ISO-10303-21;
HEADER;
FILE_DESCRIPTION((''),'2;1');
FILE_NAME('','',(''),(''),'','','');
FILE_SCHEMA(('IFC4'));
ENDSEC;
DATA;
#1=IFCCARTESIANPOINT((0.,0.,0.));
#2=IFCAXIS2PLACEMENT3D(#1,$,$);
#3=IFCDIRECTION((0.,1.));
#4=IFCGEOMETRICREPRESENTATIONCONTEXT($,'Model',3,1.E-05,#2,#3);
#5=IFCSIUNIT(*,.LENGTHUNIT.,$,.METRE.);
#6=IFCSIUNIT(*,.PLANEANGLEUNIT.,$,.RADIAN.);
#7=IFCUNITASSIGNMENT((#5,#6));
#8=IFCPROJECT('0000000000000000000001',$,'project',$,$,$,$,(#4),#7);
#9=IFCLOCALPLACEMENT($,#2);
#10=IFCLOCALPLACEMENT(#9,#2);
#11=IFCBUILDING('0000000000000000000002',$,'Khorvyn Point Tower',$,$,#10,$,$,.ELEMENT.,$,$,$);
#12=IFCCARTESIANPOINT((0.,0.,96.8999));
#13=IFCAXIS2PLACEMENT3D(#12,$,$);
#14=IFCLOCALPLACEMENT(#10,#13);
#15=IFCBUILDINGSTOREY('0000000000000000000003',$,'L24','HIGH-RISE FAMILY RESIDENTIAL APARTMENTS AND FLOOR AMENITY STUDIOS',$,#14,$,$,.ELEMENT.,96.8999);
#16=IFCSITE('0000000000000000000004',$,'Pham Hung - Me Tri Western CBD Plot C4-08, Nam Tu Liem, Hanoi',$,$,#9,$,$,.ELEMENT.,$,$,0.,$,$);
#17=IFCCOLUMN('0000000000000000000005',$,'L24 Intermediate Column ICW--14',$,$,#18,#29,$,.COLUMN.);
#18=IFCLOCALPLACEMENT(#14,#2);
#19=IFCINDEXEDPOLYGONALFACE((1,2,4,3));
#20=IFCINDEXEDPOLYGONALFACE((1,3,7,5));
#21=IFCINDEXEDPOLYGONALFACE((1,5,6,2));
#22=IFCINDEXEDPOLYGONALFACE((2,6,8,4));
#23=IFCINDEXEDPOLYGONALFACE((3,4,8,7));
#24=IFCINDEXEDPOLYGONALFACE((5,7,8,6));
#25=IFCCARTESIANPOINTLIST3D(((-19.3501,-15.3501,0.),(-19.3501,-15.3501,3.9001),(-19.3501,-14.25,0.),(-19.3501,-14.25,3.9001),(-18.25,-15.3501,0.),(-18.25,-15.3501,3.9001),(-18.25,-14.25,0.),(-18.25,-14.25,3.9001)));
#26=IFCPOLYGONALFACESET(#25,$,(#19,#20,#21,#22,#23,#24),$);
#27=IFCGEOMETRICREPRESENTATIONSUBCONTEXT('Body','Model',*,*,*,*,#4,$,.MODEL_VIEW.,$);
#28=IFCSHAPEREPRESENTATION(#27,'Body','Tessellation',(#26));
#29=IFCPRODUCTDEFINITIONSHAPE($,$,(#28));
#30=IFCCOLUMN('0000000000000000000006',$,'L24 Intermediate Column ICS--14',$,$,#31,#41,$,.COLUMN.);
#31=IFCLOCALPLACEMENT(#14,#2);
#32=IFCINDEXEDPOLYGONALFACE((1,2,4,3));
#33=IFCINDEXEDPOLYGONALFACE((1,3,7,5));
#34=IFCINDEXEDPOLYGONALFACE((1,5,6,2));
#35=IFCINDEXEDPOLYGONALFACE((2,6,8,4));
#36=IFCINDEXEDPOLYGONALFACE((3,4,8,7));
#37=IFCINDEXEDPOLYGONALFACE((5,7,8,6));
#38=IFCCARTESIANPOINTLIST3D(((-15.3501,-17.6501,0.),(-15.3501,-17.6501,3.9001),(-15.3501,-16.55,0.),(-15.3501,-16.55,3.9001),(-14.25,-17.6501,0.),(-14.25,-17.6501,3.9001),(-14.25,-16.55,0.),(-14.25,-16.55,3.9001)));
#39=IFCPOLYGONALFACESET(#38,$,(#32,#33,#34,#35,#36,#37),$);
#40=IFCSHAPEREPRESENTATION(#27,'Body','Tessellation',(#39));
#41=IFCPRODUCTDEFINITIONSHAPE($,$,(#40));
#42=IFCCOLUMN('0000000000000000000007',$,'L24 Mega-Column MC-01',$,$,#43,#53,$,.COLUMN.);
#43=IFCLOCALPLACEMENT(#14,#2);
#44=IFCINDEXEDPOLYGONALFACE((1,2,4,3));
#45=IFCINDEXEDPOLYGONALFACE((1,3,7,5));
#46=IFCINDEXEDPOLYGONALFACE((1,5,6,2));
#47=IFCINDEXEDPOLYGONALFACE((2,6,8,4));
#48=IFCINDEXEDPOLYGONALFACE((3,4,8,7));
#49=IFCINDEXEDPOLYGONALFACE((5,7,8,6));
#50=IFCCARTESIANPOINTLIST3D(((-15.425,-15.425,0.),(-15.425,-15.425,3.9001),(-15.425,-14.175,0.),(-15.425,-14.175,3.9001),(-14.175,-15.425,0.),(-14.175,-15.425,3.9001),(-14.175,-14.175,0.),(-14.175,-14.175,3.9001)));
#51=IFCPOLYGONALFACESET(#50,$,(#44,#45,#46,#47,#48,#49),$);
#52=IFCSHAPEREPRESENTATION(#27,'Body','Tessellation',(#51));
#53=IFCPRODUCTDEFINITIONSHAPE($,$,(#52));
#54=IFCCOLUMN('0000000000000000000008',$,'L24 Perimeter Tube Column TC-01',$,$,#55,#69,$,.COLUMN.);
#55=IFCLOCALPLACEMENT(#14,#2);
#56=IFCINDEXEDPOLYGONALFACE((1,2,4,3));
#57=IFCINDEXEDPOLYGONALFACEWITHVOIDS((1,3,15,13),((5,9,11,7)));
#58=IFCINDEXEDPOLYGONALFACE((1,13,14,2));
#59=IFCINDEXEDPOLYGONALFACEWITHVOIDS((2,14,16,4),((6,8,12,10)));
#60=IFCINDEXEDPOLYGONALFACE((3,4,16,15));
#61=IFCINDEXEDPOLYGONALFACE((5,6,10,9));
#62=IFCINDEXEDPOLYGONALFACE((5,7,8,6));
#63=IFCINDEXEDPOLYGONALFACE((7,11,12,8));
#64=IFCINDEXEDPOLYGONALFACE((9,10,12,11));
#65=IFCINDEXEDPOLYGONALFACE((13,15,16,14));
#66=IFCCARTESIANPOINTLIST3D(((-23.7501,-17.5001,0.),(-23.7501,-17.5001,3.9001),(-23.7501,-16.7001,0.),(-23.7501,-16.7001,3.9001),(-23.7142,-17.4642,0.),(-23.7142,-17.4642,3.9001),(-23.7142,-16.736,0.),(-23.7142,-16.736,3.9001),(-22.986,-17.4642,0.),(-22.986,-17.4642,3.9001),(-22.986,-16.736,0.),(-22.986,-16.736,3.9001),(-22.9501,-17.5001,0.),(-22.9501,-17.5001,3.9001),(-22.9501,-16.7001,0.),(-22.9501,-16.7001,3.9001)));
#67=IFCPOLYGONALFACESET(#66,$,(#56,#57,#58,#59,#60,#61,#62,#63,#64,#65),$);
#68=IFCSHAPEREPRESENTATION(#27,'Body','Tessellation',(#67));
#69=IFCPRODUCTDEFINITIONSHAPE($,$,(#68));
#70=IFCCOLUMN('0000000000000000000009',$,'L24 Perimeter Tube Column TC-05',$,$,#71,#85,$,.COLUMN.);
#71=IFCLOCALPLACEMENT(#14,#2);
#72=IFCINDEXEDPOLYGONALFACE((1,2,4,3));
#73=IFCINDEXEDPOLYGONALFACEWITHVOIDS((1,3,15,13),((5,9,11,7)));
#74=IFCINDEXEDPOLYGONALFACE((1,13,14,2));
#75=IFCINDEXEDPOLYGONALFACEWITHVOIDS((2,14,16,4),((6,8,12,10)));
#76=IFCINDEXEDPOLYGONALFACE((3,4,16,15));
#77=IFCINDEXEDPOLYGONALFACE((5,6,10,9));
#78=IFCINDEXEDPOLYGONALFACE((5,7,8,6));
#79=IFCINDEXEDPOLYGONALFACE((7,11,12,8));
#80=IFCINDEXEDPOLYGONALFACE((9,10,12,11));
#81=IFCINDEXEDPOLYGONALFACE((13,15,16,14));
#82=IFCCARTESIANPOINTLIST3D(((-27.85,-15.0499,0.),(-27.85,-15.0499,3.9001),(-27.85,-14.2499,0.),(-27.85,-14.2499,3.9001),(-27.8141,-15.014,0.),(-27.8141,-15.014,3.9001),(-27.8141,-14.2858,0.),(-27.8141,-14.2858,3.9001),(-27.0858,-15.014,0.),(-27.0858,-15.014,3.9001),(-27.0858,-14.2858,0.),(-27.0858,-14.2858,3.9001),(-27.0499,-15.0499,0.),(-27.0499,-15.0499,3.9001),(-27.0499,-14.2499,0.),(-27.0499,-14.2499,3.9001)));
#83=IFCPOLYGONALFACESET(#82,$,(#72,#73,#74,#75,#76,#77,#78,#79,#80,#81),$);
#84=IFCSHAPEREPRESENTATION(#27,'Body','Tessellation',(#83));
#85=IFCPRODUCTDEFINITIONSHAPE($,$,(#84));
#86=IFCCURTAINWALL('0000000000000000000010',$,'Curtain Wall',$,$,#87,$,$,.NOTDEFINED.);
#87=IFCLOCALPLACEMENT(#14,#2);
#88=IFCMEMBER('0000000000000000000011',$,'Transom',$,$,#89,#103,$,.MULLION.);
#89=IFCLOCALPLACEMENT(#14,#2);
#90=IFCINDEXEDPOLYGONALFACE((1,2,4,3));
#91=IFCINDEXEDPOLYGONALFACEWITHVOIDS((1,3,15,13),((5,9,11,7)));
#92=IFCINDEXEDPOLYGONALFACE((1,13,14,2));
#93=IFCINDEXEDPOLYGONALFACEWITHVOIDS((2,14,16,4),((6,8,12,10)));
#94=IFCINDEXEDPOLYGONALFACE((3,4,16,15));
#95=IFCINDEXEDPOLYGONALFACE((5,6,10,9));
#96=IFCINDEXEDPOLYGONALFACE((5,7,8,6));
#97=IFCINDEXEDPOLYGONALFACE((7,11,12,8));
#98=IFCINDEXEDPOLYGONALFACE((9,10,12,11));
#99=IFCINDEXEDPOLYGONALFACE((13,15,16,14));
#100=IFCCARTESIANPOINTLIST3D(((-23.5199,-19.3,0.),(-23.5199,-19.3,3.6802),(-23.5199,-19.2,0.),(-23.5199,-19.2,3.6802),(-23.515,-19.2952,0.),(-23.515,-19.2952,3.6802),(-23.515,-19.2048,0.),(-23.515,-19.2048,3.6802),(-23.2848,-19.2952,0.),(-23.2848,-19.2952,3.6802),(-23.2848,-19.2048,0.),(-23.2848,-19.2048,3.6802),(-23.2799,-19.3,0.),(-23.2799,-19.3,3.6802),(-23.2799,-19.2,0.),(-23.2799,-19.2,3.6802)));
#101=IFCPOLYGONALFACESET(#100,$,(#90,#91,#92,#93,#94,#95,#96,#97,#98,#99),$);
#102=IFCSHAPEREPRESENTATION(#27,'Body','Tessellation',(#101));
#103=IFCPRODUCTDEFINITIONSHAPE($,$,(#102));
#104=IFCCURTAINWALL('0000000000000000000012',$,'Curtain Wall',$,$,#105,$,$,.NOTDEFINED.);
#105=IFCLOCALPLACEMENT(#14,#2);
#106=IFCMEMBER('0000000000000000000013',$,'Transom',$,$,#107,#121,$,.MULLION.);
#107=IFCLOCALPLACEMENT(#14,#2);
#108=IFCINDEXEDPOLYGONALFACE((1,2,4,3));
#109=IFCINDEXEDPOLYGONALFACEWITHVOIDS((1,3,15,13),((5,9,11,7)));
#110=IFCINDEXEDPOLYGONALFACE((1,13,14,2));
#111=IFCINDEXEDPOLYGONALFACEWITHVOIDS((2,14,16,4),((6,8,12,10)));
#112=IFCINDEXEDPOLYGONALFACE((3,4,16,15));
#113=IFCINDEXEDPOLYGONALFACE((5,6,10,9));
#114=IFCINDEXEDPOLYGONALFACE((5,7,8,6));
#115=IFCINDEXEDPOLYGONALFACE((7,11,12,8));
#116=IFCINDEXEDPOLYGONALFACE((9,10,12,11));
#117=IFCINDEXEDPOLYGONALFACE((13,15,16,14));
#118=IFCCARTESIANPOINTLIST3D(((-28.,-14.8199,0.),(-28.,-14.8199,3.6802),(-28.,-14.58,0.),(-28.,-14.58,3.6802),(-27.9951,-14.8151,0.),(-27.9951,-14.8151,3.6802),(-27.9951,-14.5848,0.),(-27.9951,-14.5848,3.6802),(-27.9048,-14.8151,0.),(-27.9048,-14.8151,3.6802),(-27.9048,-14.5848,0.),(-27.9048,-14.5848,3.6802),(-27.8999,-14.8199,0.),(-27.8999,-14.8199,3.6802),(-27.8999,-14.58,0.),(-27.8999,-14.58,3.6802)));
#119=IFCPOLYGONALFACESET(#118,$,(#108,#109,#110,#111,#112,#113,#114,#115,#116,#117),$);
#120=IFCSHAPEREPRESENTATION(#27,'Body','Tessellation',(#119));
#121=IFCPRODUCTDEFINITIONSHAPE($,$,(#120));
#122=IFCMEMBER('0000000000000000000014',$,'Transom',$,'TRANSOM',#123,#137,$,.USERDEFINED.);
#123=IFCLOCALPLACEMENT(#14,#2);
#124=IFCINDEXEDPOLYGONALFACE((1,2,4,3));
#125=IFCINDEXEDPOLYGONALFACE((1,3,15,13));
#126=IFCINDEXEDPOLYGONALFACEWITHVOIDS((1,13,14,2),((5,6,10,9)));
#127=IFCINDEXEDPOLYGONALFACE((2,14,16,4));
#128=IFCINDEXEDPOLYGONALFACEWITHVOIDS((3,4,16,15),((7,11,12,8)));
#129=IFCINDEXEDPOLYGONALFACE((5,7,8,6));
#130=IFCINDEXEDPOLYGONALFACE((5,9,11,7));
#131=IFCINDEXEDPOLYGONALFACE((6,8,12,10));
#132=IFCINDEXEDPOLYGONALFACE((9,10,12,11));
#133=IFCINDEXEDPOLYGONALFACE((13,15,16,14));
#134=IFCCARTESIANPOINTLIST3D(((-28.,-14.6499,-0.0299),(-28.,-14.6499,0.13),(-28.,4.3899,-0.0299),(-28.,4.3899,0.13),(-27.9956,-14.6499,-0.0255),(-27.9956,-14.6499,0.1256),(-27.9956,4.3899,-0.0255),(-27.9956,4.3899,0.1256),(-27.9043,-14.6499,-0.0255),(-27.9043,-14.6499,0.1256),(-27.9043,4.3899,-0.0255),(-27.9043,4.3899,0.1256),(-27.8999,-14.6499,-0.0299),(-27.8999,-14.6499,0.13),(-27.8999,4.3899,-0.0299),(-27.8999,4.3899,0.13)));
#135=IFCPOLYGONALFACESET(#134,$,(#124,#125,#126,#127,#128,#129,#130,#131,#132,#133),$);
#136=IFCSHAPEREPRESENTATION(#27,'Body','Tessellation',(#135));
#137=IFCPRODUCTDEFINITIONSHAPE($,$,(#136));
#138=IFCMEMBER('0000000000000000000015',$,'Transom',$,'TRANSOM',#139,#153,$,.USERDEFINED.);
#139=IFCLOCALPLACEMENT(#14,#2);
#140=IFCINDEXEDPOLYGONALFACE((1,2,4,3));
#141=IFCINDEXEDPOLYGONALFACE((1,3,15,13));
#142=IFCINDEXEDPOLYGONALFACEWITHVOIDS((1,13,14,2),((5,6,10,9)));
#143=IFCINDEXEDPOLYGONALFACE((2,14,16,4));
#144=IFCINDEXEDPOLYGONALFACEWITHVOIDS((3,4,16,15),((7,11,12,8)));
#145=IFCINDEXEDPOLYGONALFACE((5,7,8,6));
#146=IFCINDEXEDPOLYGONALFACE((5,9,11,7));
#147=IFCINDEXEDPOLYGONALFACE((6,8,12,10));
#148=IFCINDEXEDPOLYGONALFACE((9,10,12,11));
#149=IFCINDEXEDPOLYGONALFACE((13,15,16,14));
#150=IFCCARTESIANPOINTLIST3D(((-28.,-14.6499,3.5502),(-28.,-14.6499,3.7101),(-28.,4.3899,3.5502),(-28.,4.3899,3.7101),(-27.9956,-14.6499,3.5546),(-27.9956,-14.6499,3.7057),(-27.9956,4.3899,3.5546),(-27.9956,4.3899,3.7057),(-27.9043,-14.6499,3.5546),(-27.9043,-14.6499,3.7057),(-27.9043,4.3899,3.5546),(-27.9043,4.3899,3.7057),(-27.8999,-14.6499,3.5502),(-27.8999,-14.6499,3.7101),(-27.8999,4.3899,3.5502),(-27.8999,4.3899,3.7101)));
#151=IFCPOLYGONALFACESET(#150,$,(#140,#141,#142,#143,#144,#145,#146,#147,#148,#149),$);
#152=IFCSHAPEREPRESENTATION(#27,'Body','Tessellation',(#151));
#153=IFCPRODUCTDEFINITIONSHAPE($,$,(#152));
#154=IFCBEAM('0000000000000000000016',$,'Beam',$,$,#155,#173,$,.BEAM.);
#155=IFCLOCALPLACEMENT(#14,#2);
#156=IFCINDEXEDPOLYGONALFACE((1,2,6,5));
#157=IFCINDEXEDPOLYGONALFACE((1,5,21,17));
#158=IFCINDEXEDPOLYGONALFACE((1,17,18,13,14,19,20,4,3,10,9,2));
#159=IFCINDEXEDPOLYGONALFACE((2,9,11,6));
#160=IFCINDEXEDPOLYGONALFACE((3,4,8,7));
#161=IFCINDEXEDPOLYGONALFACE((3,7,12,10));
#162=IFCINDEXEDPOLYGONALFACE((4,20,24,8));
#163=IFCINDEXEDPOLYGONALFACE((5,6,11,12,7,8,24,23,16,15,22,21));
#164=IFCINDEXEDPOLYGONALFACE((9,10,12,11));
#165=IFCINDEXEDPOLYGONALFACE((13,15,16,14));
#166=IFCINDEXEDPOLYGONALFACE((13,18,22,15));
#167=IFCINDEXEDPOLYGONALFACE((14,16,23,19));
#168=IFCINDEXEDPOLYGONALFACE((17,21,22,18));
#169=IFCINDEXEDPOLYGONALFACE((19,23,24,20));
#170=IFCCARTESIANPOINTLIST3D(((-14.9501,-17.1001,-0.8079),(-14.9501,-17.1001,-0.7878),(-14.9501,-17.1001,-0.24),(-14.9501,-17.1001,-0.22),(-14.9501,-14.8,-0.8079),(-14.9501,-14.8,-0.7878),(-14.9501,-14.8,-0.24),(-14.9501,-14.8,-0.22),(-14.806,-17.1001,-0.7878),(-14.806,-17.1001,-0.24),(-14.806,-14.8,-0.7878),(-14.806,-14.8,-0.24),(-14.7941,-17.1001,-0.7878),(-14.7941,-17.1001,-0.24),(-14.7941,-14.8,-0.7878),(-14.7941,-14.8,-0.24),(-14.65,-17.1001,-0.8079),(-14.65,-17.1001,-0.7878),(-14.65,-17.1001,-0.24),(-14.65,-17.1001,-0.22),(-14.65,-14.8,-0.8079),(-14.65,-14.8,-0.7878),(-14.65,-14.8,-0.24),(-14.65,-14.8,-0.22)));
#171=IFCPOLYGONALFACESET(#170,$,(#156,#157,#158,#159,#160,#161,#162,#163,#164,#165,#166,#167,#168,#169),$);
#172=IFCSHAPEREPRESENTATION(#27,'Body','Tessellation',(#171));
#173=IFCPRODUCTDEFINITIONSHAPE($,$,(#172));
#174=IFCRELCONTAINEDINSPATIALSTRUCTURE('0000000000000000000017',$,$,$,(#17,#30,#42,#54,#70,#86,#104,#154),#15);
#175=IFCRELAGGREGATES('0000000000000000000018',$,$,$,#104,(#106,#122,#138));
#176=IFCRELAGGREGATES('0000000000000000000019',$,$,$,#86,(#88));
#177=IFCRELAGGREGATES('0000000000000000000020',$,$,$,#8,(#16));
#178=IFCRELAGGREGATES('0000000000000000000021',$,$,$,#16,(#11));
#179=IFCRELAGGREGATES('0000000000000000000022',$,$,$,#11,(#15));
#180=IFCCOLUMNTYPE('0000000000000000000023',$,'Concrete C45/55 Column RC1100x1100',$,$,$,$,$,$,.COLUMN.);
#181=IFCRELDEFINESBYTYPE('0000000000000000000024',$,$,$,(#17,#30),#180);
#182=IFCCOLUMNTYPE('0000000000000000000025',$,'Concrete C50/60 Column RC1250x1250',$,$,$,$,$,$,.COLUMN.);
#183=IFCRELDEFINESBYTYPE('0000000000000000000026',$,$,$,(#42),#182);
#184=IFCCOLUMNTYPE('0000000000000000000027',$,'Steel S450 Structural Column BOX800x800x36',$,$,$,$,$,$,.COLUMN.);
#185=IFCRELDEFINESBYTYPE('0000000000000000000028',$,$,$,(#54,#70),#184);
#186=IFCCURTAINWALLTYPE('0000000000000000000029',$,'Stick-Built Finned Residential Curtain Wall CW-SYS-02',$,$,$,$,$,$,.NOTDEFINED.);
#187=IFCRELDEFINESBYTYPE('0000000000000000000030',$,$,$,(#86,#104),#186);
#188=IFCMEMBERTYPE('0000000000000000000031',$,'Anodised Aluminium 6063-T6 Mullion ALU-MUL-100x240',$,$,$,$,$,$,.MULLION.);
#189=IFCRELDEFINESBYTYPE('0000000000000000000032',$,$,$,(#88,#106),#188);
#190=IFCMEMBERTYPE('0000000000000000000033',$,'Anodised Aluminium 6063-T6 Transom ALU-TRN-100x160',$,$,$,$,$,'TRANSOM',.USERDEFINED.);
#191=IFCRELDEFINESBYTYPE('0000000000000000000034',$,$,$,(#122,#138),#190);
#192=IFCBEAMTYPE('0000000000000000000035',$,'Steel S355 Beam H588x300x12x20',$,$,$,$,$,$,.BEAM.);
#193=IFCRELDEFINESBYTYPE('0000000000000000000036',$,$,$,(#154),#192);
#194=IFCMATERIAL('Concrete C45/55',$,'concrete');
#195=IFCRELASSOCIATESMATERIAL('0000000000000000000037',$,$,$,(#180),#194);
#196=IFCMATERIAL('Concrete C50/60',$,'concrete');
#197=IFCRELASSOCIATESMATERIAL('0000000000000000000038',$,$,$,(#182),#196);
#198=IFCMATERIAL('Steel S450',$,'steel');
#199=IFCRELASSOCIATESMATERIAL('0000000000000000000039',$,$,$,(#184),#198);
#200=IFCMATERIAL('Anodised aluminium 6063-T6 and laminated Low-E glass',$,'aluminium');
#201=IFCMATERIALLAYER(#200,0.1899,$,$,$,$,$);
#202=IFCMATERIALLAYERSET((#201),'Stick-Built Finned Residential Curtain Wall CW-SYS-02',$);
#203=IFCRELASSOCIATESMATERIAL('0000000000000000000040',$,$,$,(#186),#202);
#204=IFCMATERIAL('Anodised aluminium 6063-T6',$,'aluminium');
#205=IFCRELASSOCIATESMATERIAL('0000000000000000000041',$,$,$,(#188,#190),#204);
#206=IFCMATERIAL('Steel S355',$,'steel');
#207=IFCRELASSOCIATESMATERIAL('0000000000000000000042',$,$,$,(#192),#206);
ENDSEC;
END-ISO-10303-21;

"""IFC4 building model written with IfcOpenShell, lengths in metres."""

from ifc_helpers import new_model, si_unit, direction, frame, origin, origin_2d, place, context, subcontext, project, spatial, rectangle, hollow_rectangle, i_section, extrude, material, layer, layer_set, material_profile, profile_set, type_object, element, aggregate, save


model = new_model("IFC4")

# Units and contexts
model_context = context("Model", 3, precision=1e-05, world=origin(), true_north=direction((0.0, 1.0)))
body_context = subcontext(model_context, "Body", "Model", "MODEL_VIEW")
ifc_project = project(units=[si_unit("LENGTHUNIT", "METRE"), si_unit("PLANEANGLEUNIT", "RADIAN")], contexts=[model_context])

# Site, building, storey
site_placement = place(None, origin())
site = spatial("IfcSite", under=ifc_project, at=site_placement, Name="Pham Hung - Me Tri Western CBD Plot C4-08, Nam Tu Liem, Hanoi", CompositionType="ELEMENT", RefElevation=0.0)
building_placement = place(site_placement, origin())
building = spatial("IfcBuilding", under=site, at=building_placement, Name="Khorvyn Point Tower", CompositionType="ELEMENT")
storey_placement = place(building_placement, frame((0.0, 0.0, 96.8999)))
storey = spatial("IfcBuildingStorey", under=building, at=storey_placement, Name="L24", Description="HIGH-RISE FAMILY RESIDENTIAL APARTMENTS AND FLOOR AMENITY STUDIOS", CompositionType="ELEMENT", Elevation=96.8999)

# Columns
ifc_material_1 = material(Name="Concrete C45/55", Category="concrete")
ifc_material_profile_1 = material_profile(ifc_material_1, rectangle(XDim=1.1001, YDim=1.1001, at=origin_2d()))
ifc_profile_set_1 = profile_set([ifc_material_profile_1], Name="Concrete C45/55 RC1100x1100")
column_type_1 = type_object("IfcColumnType", Name="Concrete C45/55 Column RC1100x1100", PredefinedType="COLUMN", material=ifc_profile_set_1)
for number, where, z_axis, x_axis, name in (
    (1, (-18.8, -14.8, 0.0), (0.0, 0.0, 1.0), (1.0, 0.0, 0.0), "L24 Intermediate Column ICW--14"),
    (2, (-14.8, -17.1001, 0.0), (0.0, 0.0, 1.0), (1.0, 0.0, 0.0), "L24 Intermediate Column ICS--14"),
):
    element("IfcColumn", number, at=place(storey_placement, frame(where, z_axis=z_axis, x_axis=x_axis)), inside=storey, type_object=column_type_1, Name=name, PredefinedType="COLUMN", context=body_context, shape_type="SweptSolid", body=[
        extrude(rectangle(XDim=1.1001, YDim=1.1001, at=origin_2d()), origin(), (0.0, 0.0, 1.0), 3.9001),
    ])
ifc_material_2 = material(Name="Concrete C50/60", Category="concrete")
ifc_material_profile_2 = material_profile(ifc_material_2, rectangle(XDim=1.25, YDim=1.25, at=origin_2d()))
ifc_profile_set_2 = profile_set([ifc_material_profile_2], Name="Concrete C50/60 RC1250x1250")
column_type_2 = type_object("IfcColumnType", Name="Concrete C50/60 Column RC1250x1250", PredefinedType="COLUMN", material=ifc_profile_set_2)
column_placement = place(storey_placement, frame((-14.8, -14.8, 0.0), z_axis=(0.0, 0.0, 1.0), x_axis=(1.0, 0.0, 0.0)))
element("IfcColumn", 3, at=column_placement, inside=storey, type_object=column_type_2, Name="L24 Mega-Column MC-01", PredefinedType="COLUMN", context=body_context, shape_type="SweptSolid", body=[
    extrude(rectangle(XDim=1.25, YDim=1.25, at=origin_2d()), origin(), (0.0, 0.0, 1.0), 3.9001),
])
ifc_material_3 = material(Name="Steel S450", Category="steel")
ifc_material_profile_3 = material_profile(ifc_material_3, hollow_rectangle(XDim=0.8, YDim=0.8, WallThickness=0.0359, at=origin_2d()))
ifc_profile_set_3 = profile_set([ifc_material_profile_3], Name="Steel S450 BOX800x800x36")
column_type_3 = type_object("IfcColumnType", Name="Steel S450 Structural Column BOX800x800x36", PredefinedType="COLUMN", material=ifc_profile_set_3)
for number, where, z_axis, x_axis, name in (
    (4, (-23.3501, -17.1001, 0.0), (0.0, 0.0, 1.0), (1.0, 0.0, 0.0), "L24 Perimeter Tube Column TC-01"),
    (5, (-27.45, -14.6499, 0.0), (0.0, 0.0, 1.0), (1.0, 0.0, 0.0), "L24 Perimeter Tube Column TC-05"),
):
    element("IfcColumn", number, at=place(storey_placement, frame(where, z_axis=z_axis, x_axis=x_axis)), inside=storey, type_object=column_type_3, Name=name, PredefinedType="COLUMN", context=body_context, shape_type="SweptSolid", body=[
        extrude(hollow_rectangle(XDim=0.8, YDim=0.8, WallThickness=0.0359, at=origin_2d()), origin(), (0.0, 0.0, 1.0), 3.9001),
    ])

# Curtain wall, member
ifc_material_4 = material(Name="Anodised aluminium 6063-T6 and laminated Low-E glass", Category="aluminium")
ifc_layer_1 = layer(ifc_material_4, 0.1899)
ifc_layer_set_1 = layer_set([ifc_layer_1], Name="Stick-Built Finned Residential Curtain Wall CW-SYS-02")
curtain_wall_type = type_object("IfcCurtainWallType", Name="Stick-Built Finned Residential Curtain Wall CW-SYS-02", PredefinedType="NOTDEFINED", material=ifc_layer_set_1)
curtain_wall_1_placement = place(storey_placement, origin())
curtain_wall_1 = element("IfcCurtainWall", 6, at=curtain_wall_1_placement, inside=storey, type_object=curtain_wall_type, Name="Curtain Wall", PredefinedType="NOTDEFINED")
ifc_material_5 = material(Name="Anodised aluminium 6063-T6", Category="aluminium")
ifc_material_profile_4 = material_profile(ifc_material_5, hollow_rectangle(XDim=0.1001, YDim=0.24, WallThickness=0.0049, at=origin_2d()))
ifc_profile_set_4 = profile_set([ifc_material_profile_4], Name="Anodised aluminium 6063-T6 ALU-MUL-100x240")
member_type_1 = type_object("IfcMemberType", Name="Anodised Aluminium 6063-T6 Mullion ALU-MUL-100x240", PredefinedType="MULLION", material=ifc_profile_set_4)
member_1_placement = place(storey_placement, frame((-23.3999, -19.25, 0.0), z_axis=(0.0, 0.0, 1.0), x_axis=(0.0, -1.0, 0.0)))
member_1 = element("IfcMember", 7, at=member_1_placement, type_object=member_type_1, Name="Transom", PredefinedType="MULLION", context=body_context, shape_type="SweptSolid", body=[
    extrude(hollow_rectangle(XDim=0.1001, YDim=0.24, WallThickness=0.0049, at=origin_2d()), origin(), (0.0, 0.0, 1.0), 3.6802),
])

# Curtain wall, members
curtain_wall_2_placement = place(storey_placement, origin())
curtain_wall_2 = element("IfcCurtainWall", 8, at=curtain_wall_2_placement, inside=storey, type_object=curtain_wall_type, Name="Curtain Wall", PredefinedType="NOTDEFINED")
member_2_placement = place(storey_placement, frame((-27.95, -14.7, 0.0), z_axis=(0.0, 0.0, 1.0), x_axis=(-1.0, 0.0, 0.0)))
member_2 = element("IfcMember", 9, at=member_2_placement, type_object=member_type_1, Name="Transom", PredefinedType="MULLION", context=body_context, shape_type="SweptSolid", body=[
    extrude(hollow_rectangle(XDim=0.1001, YDim=0.24, WallThickness=0.0049, at=origin_2d()), origin(), (0.0, 0.0, 1.0), 3.6802),
])
ifc_material_profile_5 = material_profile(ifc_material_5, hollow_rectangle(XDim=0.1001, YDim=0.1599, WallThickness=0.0044, at=origin_2d()))
ifc_profile_set_5 = profile_set([ifc_material_profile_5], Name="Anodised aluminium 6063-T6 ALU-TRN-100x160")
member_type_2 = type_object("IfcMemberType", Name="Anodised Aluminium 6063-T6 Transom ALU-TRN-100x160", ElementType="TRANSOM", PredefinedType="USERDEFINED", material=ifc_profile_set_5)
member_3_placement = place(storey_placement, frame((-27.95, -14.6499, 0.05), z_axis=(0.0, 1.0, 0.0), x_axis=(-1.0, 0.0, 0.0)))
member_3 = element("IfcMember", 10, at=member_3_placement, type_object=member_type_2, Name="Transom", ObjectType="TRANSOM", PredefinedType="USERDEFINED", context=body_context, shape_type="SweptSolid", body=[
    extrude(hollow_rectangle(XDim=0.1001, YDim=0.1599, WallThickness=0.0044, at=origin_2d()), origin(), (0.0, 0.0, 1.0), 19.0398),
])
member_4_placement = place(storey_placement, frame((-27.95, -14.6499, 3.6301), z_axis=(0.0, 1.0, 0.0), x_axis=(-1.0, 0.0, 0.0)))
member_4 = element("IfcMember", 11, at=member_4_placement, type_object=member_type_2, Name="Transom", ObjectType="TRANSOM", PredefinedType="USERDEFINED", context=body_context, shape_type="SweptSolid", body=[
    extrude(hollow_rectangle(XDim=0.1001, YDim=0.1599, WallThickness=0.0044, at=origin_2d()), origin(), (0.0, 0.0, 1.0), 19.0398),
])
aggregate(curtain_wall_2, [member_2, member_3, member_4])

# Beam
ifc_material_6 = material(Name="Steel S355", Category="steel")
ifc_material_profile_6 = material_profile(ifc_material_6, i_section(OverallWidth=0.3, OverallDepth=0.5879, WebThickness=0.012, FlangeThickness=0.02, at=origin_2d()))
ifc_profile_set_6 = profile_set([ifc_material_profile_6], Name="Steel S355 H588x300x12x20")
beam_type_1 = type_object("IfcBeamType", Name="Steel S355 Beam H588x300x12x20", PredefinedType="BEAM", material=ifc_profile_set_6)
beam_1_placement = place(storey_placement, frame((-14.8, -17.1001, -0.5139), z_axis=(0.0, 1.0, 0.0), x_axis=(-1.0, 0.0, 0.0)))
element("IfcBeam", 12, at=beam_1_placement, inside=storey, type_object=beam_type_1, Name="Beam", PredefinedType="BEAM", context=body_context, shape_type="SweptSolid", body=[
    extrude(i_section(OverallWidth=0.3, OverallDepth=0.5879, WebThickness=0.012, FlangeThickness=0.02, at=origin_2d()), origin(), (0.0, 0.0, 1.0), 2.3),
])

aggregate(curtain_wall_1, [member_1])

save(model, "model.ifc")
